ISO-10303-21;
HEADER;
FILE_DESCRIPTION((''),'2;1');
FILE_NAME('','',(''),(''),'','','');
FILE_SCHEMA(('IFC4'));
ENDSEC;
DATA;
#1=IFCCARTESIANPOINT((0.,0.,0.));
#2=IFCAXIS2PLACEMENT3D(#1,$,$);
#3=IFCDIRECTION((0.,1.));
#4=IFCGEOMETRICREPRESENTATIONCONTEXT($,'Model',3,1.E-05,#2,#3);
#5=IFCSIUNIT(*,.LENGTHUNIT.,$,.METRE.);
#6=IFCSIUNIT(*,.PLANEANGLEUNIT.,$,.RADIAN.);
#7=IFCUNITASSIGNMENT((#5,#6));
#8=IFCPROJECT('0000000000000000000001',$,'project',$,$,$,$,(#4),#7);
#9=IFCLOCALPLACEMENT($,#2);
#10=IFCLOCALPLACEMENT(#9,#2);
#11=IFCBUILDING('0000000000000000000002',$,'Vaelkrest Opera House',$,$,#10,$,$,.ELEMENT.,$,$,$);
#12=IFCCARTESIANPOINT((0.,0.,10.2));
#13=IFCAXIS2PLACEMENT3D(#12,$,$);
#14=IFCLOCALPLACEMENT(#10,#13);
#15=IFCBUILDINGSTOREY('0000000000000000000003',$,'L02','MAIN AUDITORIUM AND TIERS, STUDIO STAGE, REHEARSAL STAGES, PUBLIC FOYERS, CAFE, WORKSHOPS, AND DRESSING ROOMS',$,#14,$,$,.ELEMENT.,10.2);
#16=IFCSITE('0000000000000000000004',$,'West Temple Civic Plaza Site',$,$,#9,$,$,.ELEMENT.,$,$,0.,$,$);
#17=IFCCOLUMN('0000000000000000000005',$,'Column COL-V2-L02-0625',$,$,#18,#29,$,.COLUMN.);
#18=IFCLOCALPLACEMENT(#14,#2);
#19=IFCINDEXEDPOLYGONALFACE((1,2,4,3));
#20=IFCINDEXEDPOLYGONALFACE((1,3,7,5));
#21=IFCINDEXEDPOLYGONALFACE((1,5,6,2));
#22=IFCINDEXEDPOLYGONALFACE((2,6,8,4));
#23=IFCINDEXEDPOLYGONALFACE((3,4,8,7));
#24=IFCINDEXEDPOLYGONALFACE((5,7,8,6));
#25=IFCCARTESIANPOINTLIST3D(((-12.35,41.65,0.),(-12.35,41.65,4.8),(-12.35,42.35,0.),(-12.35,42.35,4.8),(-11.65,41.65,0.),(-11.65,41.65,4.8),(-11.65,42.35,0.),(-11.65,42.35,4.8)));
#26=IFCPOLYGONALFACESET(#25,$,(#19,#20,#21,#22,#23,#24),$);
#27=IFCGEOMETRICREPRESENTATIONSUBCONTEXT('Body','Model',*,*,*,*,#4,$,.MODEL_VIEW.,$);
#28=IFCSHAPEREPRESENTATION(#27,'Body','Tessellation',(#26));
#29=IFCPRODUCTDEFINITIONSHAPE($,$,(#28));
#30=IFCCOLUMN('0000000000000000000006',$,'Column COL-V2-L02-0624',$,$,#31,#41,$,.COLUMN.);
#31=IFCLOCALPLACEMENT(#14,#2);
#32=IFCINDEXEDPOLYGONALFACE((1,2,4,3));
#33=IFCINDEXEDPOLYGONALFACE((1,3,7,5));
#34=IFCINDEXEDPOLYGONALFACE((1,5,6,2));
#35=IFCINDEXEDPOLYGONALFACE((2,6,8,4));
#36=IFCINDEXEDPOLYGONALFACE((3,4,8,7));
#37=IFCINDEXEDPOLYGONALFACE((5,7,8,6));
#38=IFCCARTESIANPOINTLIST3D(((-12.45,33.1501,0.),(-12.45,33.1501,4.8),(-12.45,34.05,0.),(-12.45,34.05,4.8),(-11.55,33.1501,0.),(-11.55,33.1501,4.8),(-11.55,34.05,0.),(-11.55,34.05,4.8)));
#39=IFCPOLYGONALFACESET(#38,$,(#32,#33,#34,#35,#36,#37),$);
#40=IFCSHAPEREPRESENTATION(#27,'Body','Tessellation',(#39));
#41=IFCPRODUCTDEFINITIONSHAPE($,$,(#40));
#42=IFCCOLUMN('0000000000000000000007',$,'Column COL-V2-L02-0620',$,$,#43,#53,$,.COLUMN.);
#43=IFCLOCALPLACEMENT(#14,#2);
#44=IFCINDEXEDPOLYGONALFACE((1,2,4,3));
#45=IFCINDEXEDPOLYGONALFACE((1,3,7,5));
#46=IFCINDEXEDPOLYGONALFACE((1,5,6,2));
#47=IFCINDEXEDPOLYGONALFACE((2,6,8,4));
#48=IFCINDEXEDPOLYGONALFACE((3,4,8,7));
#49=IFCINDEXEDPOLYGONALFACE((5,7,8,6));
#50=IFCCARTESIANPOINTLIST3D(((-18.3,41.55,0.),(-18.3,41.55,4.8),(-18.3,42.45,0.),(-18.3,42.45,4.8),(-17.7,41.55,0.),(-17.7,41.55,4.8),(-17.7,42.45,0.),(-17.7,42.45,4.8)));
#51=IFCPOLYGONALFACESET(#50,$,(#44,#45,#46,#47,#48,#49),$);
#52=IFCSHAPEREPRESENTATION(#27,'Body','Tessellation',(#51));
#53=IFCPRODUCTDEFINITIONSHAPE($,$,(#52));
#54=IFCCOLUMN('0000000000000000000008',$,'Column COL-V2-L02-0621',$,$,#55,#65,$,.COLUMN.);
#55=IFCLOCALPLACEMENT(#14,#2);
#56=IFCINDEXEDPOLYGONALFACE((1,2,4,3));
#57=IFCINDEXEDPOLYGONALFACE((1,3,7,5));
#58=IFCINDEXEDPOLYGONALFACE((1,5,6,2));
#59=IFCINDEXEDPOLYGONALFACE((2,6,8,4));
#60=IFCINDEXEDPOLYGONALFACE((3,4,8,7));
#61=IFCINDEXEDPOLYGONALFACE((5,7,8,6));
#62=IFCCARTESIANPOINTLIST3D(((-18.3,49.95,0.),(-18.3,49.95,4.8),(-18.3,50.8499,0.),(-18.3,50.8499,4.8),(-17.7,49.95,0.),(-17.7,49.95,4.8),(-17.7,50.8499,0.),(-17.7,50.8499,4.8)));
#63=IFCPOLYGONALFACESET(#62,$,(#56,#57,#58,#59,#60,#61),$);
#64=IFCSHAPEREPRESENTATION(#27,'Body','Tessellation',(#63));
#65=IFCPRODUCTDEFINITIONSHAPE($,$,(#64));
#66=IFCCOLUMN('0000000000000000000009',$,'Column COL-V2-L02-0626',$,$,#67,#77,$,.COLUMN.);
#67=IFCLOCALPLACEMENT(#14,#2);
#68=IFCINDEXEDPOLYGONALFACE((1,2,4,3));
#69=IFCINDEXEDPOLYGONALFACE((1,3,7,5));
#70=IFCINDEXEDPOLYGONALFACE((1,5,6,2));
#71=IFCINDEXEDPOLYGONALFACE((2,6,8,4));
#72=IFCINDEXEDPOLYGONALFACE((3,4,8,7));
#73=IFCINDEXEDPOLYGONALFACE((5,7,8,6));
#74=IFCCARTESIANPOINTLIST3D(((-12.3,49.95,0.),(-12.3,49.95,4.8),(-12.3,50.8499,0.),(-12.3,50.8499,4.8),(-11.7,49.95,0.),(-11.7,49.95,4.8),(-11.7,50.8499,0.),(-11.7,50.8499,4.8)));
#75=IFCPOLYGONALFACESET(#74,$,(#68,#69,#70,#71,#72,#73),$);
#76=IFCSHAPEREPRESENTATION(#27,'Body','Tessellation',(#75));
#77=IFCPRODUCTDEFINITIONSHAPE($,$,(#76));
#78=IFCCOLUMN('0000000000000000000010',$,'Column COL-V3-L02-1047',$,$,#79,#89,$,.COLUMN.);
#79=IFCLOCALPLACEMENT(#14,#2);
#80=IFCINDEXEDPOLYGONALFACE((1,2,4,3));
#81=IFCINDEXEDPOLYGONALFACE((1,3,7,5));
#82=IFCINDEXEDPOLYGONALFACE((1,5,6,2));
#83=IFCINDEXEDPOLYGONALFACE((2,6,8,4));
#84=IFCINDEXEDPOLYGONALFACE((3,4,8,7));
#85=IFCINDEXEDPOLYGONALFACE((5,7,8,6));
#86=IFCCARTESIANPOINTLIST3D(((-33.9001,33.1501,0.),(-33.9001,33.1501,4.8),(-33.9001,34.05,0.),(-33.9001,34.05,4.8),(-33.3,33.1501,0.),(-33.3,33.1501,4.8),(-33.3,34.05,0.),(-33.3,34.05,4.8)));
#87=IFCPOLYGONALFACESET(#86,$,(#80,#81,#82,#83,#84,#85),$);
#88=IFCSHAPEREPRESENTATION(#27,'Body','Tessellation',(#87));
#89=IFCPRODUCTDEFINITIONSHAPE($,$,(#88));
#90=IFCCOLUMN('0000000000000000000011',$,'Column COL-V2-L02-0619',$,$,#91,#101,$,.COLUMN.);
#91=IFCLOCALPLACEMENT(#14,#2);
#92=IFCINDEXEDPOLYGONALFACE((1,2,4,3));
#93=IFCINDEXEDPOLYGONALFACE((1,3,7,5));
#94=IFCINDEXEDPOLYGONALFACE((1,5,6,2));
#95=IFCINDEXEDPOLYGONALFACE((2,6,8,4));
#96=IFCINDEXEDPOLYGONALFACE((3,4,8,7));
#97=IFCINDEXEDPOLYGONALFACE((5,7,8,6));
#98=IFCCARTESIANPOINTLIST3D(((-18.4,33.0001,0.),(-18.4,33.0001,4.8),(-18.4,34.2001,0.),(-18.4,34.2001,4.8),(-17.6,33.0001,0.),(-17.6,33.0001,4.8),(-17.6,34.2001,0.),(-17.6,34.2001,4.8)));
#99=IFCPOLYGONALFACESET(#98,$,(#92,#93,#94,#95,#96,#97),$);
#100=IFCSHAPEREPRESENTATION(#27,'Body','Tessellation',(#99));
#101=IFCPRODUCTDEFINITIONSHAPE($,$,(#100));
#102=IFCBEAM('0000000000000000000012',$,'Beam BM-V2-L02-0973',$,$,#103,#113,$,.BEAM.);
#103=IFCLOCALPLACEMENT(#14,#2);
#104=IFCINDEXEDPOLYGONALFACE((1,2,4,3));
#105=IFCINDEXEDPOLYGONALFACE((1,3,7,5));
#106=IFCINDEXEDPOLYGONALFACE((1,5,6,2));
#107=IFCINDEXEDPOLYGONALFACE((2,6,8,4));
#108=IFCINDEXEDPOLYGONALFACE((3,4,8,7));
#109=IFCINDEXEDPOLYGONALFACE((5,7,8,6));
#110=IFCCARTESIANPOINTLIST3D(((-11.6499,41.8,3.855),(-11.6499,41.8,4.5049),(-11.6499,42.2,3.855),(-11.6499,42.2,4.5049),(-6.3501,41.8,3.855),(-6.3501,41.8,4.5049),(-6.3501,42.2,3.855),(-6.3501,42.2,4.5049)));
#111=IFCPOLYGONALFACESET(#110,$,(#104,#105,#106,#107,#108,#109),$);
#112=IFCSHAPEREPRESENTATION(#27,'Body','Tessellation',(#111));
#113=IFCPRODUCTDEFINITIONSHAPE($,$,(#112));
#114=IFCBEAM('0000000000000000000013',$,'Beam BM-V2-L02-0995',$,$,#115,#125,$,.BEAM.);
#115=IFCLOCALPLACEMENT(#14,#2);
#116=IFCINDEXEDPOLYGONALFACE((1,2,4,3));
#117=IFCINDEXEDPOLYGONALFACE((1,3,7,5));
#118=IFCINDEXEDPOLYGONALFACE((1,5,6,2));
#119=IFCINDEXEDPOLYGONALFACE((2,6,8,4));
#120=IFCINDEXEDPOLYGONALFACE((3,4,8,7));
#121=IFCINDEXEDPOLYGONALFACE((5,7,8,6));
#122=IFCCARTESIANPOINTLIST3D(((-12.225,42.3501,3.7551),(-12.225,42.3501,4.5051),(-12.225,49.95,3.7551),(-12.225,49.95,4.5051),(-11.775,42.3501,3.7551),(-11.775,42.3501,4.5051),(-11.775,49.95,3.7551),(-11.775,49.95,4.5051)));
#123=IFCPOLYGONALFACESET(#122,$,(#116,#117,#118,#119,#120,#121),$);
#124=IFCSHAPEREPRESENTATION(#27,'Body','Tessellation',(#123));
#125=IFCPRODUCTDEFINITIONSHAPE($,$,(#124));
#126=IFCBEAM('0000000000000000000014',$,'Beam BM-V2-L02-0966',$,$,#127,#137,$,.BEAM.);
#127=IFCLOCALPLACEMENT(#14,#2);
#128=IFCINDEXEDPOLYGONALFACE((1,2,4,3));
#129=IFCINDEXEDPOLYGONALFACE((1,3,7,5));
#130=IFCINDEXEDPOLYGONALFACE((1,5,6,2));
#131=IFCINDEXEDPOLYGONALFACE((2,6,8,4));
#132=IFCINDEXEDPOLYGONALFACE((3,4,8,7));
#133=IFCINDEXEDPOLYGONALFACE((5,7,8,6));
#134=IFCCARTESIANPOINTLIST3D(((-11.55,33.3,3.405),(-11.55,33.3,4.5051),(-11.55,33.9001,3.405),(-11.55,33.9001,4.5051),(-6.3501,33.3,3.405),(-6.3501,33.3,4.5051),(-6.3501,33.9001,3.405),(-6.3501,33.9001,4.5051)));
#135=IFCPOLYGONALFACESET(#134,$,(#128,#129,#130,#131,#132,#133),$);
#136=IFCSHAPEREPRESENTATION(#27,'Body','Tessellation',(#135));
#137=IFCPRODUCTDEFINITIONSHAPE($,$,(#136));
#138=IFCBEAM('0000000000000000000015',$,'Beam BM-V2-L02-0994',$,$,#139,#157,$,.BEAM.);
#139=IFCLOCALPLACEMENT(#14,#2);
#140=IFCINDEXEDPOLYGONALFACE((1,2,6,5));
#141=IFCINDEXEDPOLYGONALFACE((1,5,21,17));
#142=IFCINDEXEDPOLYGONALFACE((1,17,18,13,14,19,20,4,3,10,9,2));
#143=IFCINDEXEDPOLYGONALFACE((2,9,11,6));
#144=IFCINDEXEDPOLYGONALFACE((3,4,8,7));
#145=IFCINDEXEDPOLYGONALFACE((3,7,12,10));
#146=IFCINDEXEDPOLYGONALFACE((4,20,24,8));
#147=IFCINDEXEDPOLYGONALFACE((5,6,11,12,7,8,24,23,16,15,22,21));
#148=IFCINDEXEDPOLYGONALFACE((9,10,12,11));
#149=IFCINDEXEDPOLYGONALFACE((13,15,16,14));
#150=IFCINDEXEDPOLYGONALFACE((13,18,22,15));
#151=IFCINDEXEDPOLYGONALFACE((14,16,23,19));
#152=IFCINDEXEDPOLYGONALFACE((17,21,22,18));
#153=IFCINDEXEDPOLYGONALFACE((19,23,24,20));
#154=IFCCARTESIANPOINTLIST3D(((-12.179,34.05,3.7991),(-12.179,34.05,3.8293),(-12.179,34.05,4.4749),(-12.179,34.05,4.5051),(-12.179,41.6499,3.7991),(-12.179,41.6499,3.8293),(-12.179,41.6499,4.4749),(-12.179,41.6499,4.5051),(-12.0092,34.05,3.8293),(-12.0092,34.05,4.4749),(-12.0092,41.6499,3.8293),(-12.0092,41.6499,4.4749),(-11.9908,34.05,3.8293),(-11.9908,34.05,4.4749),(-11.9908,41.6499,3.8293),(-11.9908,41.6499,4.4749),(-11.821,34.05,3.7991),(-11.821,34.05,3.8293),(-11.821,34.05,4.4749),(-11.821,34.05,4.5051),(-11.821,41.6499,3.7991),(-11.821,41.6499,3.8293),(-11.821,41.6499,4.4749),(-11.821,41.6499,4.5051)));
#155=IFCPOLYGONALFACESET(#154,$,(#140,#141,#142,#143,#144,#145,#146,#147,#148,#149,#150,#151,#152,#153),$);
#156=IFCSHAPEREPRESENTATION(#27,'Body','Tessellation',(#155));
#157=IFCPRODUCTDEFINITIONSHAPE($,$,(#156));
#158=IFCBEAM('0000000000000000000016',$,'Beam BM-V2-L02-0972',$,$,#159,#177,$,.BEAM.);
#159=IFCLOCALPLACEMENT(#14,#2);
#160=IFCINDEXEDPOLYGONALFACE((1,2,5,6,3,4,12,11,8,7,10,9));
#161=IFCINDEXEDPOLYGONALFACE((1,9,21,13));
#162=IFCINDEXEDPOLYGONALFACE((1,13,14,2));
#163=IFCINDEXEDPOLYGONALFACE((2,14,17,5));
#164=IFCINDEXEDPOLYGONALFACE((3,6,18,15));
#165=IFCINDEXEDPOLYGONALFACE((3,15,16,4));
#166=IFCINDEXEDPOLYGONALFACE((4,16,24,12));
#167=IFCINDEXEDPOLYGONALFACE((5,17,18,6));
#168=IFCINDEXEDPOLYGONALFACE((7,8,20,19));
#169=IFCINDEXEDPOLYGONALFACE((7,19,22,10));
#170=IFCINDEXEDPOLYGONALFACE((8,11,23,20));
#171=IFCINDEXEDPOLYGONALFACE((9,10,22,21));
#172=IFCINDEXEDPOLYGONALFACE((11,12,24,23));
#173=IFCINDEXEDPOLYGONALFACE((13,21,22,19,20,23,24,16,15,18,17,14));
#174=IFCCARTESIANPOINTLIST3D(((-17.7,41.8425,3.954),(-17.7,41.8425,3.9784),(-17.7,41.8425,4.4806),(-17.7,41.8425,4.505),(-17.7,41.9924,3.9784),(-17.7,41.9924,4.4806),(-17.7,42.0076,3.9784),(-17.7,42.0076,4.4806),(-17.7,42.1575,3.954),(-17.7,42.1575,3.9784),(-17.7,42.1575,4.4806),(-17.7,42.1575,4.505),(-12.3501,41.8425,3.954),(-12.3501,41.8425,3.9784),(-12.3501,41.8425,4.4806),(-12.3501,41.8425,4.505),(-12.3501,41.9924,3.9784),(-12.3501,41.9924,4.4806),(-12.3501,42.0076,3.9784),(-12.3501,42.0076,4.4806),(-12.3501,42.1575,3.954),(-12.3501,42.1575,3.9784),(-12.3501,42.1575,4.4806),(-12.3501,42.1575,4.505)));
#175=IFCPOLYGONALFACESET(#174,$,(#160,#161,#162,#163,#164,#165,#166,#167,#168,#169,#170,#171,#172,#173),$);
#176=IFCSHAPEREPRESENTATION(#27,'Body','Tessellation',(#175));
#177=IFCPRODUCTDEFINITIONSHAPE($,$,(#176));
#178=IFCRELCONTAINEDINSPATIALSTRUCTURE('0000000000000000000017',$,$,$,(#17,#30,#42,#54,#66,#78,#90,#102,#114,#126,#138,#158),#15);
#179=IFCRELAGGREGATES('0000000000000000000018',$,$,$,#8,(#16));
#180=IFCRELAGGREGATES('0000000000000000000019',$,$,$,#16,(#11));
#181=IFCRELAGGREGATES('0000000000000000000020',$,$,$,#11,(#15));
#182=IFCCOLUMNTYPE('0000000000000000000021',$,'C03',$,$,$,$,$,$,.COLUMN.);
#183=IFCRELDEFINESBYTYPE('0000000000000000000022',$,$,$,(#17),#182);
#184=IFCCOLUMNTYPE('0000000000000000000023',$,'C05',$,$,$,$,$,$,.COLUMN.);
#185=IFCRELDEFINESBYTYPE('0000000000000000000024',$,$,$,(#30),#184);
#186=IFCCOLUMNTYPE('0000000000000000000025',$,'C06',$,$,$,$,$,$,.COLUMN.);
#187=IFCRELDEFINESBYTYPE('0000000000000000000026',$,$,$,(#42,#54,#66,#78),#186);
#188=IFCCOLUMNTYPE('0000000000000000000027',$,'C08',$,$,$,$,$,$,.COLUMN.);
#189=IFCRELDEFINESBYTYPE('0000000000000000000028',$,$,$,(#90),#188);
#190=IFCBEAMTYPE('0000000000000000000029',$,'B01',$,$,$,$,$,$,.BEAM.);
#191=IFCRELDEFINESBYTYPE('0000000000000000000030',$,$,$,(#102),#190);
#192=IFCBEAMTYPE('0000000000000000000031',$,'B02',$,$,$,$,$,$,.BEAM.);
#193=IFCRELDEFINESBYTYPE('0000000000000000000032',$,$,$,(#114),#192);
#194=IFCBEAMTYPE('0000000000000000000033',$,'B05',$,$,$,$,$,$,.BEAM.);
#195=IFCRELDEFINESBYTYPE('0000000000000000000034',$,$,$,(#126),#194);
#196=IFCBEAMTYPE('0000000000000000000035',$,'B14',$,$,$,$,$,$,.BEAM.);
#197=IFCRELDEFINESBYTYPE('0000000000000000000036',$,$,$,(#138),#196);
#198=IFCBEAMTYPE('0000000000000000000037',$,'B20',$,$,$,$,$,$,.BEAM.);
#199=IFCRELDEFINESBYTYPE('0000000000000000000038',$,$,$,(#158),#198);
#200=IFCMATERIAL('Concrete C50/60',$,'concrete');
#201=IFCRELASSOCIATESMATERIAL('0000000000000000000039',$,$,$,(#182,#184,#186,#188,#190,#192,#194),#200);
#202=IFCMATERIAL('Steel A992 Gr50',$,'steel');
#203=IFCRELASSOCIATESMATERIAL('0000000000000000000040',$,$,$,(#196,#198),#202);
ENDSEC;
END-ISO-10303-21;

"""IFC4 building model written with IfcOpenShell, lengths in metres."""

from ifc_helpers import new_model, si_unit, direction, frame, origin, origin_2d, place, context, subcontext, project, spatial, rectangle, i_section, extrude, material, material_profile, profile_set, type_object, element, save


model = new_model("IFC4")

# Units and contexts
model_context = context("Model", 3, precision=1e-05, world=origin(), true_north=direction((0.0, 1.0)))
body_context = subcontext(model_context, "Body", "Model", "MODEL_VIEW")
ifc_project = project(units=[si_unit("LENGTHUNIT", "METRE"), si_unit("PLANEANGLEUNIT", "RADIAN")], contexts=[model_context])

# Site, building, storey
site_placement = place(None, origin())
site = spatial("IfcSite", under=ifc_project, at=site_placement, Name="West Temple Civic Plaza Site", CompositionType="ELEMENT", RefElevation=0.0)
building_placement = place(site_placement, origin())
building = spatial("IfcBuilding", under=site, at=building_placement, Name="Vaelkrest Opera House", CompositionType="ELEMENT")
storey_placement = place(building_placement, frame((0.0, 0.0, 10.2)))
storey = spatial("IfcBuildingStorey", under=building, at=storey_placement, Name="L02", Description="MAIN AUDITORIUM AND TIERS, STUDIO STAGE, REHEARSAL STAGES, PUBLIC FOYERS, CAFE, WORKSHOPS, AND DRESSING ROOMS", CompositionType="ELEMENT", Elevation=10.2)

# Columns
ifc_material_1 = material(Name="Concrete C50/60", Category="concrete")
ifc_material_profile_1 = material_profile(ifc_material_1, rectangle(XDim=0.7, YDim=0.7, at=origin_2d()), Name="RC700X700")
ifc_profile_set_1 = profile_set([ifc_material_profile_1], Name="Concrete C50/60")
column_type_1 = type_object("IfcColumnType", Name="C03", PredefinedType="COLUMN", material=ifc_profile_set_1)
column_1_placement = place(storey_placement, frame((-12.0, 42.0, 0.0), z_axis=(0.0, 0.0, 1.0), x_axis=(1.0, 0.0, 0.0)))
element("IfcColumn", 1, at=column_1_placement, inside=storey, type_object=column_type_1, Name="Column COL-V2-L02-0625", PredefinedType="COLUMN", context=body_context, shape_type="SweptSolid", body=[
    extrude(rectangle(XDim=0.7, YDim=0.7, at=origin_2d()), origin(), (0.0, 0.0, 1.0), 4.8),
])
ifc_material_profile_2 = material_profile(ifc_material_1, rectangle(XDim=0.8999, YDim=0.8999, at=origin_2d()), Name="RC900X900")
ifc_profile_set_2 = profile_set([ifc_material_profile_2], Name="Concrete C50/60")
column_type_2 = type_object("IfcColumnType", Name="C05", PredefinedType="COLUMN", material=ifc_profile_set_2)
column_2_placement = place(storey_placement, frame((-12.0, 33.6001, 0.0), z_axis=(0.0, 0.0, 1.0), x_axis=(1.0, 0.0, 0.0)))
element("IfcColumn", 2, at=column_2_placement, inside=storey, type_object=column_type_2, Name="Column COL-V2-L02-0624", PredefinedType="COLUMN", context=body_context, shape_type="SweptSolid", body=[
    extrude(rectangle(XDim=0.8999, YDim=0.8999, at=origin_2d()), origin(), (0.0, 0.0, 1.0), 4.8),
])
ifc_material_profile_3 = material_profile(ifc_material_1, rectangle(XDim=0.6001, YDim=0.8999, at=origin_2d()), Name="RC600X900")
ifc_profile_set_3 = profile_set([ifc_material_profile_3], Name="Concrete C50/60")
column_type_3 = type_object("IfcColumnType", Name="C06", PredefinedType="COLUMN", material=ifc_profile_set_3)
for number, where, z_axis, x_axis, name in (
    (3, (-18.0, 42.0, 0.0), (0.0, 0.0, 1.0), (1.0, 0.0, 0.0), "Column COL-V2-L02-0620"),
    (4, (-18.0, 50.3999, 0.0), (0.0, 0.0, 1.0), (1.0, 0.0, 0.0), "Column COL-V2-L02-0621"),
    (5, (-12.0, 50.3999, 0.0), (0.0, 0.0, 1.0), (1.0, 0.0, 0.0), "Column COL-V2-L02-0626"),
    (6, (-33.6001, 33.6001, 0.0), (0.0, 0.0, 1.0), (1.0, 0.0, 0.0), "Column COL-V3-L02-1047"),
):
    element("IfcColumn", number, at=place(storey_placement, frame(where, z_axis=z_axis, x_axis=x_axis)), inside=storey, type_object=column_type_3, Name=name, PredefinedType="COLUMN", context=body_context, shape_type="SweptSolid", body=[
        extrude(rectangle(XDim=0.6001, YDim=0.8999, at=origin_2d()), origin(), (0.0, 0.0, 1.0), 4.8),
    ])
ifc_material_profile_4 = material_profile(ifc_material_1, rectangle(XDim=0.8, YDim=1.2, at=origin_2d()), Name="RC800X1200")
ifc_profile_set_4 = profile_set([ifc_material_profile_4], Name="Concrete C50/60")
column_type_4 = type_object("IfcColumnType", Name="C08", PredefinedType="COLUMN", material=ifc_profile_set_4)
column_3_placement = place(storey_placement, frame((-18.0, 33.6001, 0.0), z_axis=(0.0, 0.0, 1.0), x_axis=(1.0, 0.0, 0.0)))
element("IfcColumn", 7, at=column_3_placement, inside=storey, type_object=column_type_4, Name="Column COL-V2-L02-0619", PredefinedType="COLUMN", context=body_context, shape_type="SweptSolid", body=[
    extrude(rectangle(XDim=0.8, YDim=1.2, at=origin_2d()), origin(), (0.0, 0.0, 1.0), 4.8),
])

# Beams
ifc_material_profile_5 = material_profile(ifc_material_1, rectangle(XDim=0.3999, YDim=0.6499, at=origin_2d()), Name="RCB400X650")
ifc_profile_set_5 = profile_set([ifc_material_profile_5], Name="Concrete C50/60")
beam_type_1 = type_object("IfcBeamType", Name="B01", PredefinedType="BEAM", material=ifc_profile_set_5)
beam_1_placement = place(storey_placement, frame((-11.6499, 42.0, 4.1799), z_axis=(1.0, 0.0, 0.0), x_axis=(0.0, 1.0, 0.0)))
element("IfcBeam", 8, at=beam_1_placement, inside=storey, type_object=beam_type_1, Name="Beam BM-V2-L02-0973", PredefinedType="BEAM", context=body_context, shape_type="SweptSolid", body=[
    extrude(rectangle(XDim=0.3999, YDim=0.6499, at=origin_2d()), origin(), (0.0, 0.0, 1.0), 5.2998),
])
ifc_material_profile_6 = material_profile(ifc_material_1, rectangle(XDim=0.45, YDim=0.75, at=origin_2d()), Name="RCB450X750")
ifc_profile_set_6 = profile_set([ifc_material_profile_6], Name="Concrete C50/60")
beam_type_2 = type_object("IfcBeamType", Name="B02", PredefinedType="BEAM", material=ifc_profile_set_6)
beam_2_placement = place(storey_placement, frame((-12.0, 42.3501, 4.1301), z_axis=(0.0, 1.0, 0.0), x_axis=(-1.0, 0.0, 0.0)))
element("IfcBeam", 9, at=beam_2_placement, inside=storey, type_object=beam_type_2, Name="Beam BM-V2-L02-0995", PredefinedType="BEAM", context=body_context, shape_type="SweptSolid", body=[
    extrude(rectangle(XDim=0.45, YDim=0.75, at=origin_2d()), origin(), (0.0, 0.0, 1.0), 7.5999),
])
ifc_material_profile_7 = material_profile(ifc_material_1, rectangle(XDim=0.6001, YDim=1.1001, at=origin_2d()), Name="RCB600X1100")
ifc_profile_set_7 = profile_set([ifc_material_profile_7], Name="Concrete C50/60")
beam_type_3 = type_object("IfcBeamType", Name="B05", PredefinedType="BEAM", material=ifc_profile_set_7)
beam_3_placement = place(storey_placement, frame((-11.55, 33.6001, 3.9551), z_axis=(1.0, 0.0, 0.0), x_axis=(0.0, 1.0, 0.0)))
element("IfcBeam", 10, at=beam_3_placement, inside=storey, type_object=beam_type_3, Name="Beam BM-V2-L02-0966", PredefinedType="BEAM", context=body_context, shape_type="SweptSolid", body=[
    extrude(rectangle(XDim=0.6001, YDim=1.1001, at=origin_2d()), origin(), (0.0, 0.0, 1.0), 5.2),
])
ifc_material_2 = material(Name="Steel A992 Gr50", Category="steel")
ifc_material_profile_8 = material_profile(ifc_material_2, i_section(OverallWidth=0.3579, OverallDepth=0.7061, WebThickness=0.0183, FlangeThickness=0.0303, at=origin_2d()), Name="W27X178")
ifc_profile_set_8 = profile_set([ifc_material_profile_8], Name="Steel A992 Gr50")
beam_type_4 = type_object("IfcBeamType", Name="B14", PredefinedType="BEAM", material=ifc_profile_set_8)
beam_4_placement = place(storey_placement, frame((-12.0, 34.05, 4.1521), z_axis=(0.0, 1.0, 0.0), x_axis=(-1.0, 0.0, 0.0)))
element("IfcBeam", 11, at=beam_4_placement, inside=storey, type_object=beam_type_4, Name="Beam BM-V2-L02-0994", PredefinedType="BEAM", context=body_context, shape_type="SweptSolid", body=[
    extrude(i_section(OverallWidth=0.3579, OverallDepth=0.7061, WebThickness=0.0183, FlangeThickness=0.0303, at=origin_2d()), origin(), (0.0, 0.0, 1.0), 7.5999),
])
ifc_material_profile_9 = material_profile(ifc_material_2, i_section(OverallWidth=0.3149, OverallDepth=0.551, WebThickness=0.0151, FlangeThickness=0.0244, at=origin_2d()), Name="W21X122")
ifc_profile_set_9 = profile_set([ifc_material_profile_9], Name="Steel A992 Gr50")
beam_type_5 = type_object("IfcBeamType", Name="B20", PredefinedType="BEAM", material=ifc_profile_set_9)
beam_5_placement = place(storey_placement, frame((-17.7, 42.0, 4.2295), z_axis=(1.0, 0.0, 0.0), x_axis=(0.0, 1.0, 0.0)))
element("IfcBeam", 12, at=beam_5_placement, inside=storey, type_object=beam_type_5, Name="Beam BM-V2-L02-0972", PredefinedType="BEAM", context=body_context, shape_type="SweptSolid", body=[
    extrude(i_section(OverallWidth=0.3149, OverallDepth=0.551, WebThickness=0.0151, FlangeThickness=0.0244, at=origin_2d()), origin(), (0.0, 0.0, 1.0), 5.3499),
])

save(model, "model.ifc")
